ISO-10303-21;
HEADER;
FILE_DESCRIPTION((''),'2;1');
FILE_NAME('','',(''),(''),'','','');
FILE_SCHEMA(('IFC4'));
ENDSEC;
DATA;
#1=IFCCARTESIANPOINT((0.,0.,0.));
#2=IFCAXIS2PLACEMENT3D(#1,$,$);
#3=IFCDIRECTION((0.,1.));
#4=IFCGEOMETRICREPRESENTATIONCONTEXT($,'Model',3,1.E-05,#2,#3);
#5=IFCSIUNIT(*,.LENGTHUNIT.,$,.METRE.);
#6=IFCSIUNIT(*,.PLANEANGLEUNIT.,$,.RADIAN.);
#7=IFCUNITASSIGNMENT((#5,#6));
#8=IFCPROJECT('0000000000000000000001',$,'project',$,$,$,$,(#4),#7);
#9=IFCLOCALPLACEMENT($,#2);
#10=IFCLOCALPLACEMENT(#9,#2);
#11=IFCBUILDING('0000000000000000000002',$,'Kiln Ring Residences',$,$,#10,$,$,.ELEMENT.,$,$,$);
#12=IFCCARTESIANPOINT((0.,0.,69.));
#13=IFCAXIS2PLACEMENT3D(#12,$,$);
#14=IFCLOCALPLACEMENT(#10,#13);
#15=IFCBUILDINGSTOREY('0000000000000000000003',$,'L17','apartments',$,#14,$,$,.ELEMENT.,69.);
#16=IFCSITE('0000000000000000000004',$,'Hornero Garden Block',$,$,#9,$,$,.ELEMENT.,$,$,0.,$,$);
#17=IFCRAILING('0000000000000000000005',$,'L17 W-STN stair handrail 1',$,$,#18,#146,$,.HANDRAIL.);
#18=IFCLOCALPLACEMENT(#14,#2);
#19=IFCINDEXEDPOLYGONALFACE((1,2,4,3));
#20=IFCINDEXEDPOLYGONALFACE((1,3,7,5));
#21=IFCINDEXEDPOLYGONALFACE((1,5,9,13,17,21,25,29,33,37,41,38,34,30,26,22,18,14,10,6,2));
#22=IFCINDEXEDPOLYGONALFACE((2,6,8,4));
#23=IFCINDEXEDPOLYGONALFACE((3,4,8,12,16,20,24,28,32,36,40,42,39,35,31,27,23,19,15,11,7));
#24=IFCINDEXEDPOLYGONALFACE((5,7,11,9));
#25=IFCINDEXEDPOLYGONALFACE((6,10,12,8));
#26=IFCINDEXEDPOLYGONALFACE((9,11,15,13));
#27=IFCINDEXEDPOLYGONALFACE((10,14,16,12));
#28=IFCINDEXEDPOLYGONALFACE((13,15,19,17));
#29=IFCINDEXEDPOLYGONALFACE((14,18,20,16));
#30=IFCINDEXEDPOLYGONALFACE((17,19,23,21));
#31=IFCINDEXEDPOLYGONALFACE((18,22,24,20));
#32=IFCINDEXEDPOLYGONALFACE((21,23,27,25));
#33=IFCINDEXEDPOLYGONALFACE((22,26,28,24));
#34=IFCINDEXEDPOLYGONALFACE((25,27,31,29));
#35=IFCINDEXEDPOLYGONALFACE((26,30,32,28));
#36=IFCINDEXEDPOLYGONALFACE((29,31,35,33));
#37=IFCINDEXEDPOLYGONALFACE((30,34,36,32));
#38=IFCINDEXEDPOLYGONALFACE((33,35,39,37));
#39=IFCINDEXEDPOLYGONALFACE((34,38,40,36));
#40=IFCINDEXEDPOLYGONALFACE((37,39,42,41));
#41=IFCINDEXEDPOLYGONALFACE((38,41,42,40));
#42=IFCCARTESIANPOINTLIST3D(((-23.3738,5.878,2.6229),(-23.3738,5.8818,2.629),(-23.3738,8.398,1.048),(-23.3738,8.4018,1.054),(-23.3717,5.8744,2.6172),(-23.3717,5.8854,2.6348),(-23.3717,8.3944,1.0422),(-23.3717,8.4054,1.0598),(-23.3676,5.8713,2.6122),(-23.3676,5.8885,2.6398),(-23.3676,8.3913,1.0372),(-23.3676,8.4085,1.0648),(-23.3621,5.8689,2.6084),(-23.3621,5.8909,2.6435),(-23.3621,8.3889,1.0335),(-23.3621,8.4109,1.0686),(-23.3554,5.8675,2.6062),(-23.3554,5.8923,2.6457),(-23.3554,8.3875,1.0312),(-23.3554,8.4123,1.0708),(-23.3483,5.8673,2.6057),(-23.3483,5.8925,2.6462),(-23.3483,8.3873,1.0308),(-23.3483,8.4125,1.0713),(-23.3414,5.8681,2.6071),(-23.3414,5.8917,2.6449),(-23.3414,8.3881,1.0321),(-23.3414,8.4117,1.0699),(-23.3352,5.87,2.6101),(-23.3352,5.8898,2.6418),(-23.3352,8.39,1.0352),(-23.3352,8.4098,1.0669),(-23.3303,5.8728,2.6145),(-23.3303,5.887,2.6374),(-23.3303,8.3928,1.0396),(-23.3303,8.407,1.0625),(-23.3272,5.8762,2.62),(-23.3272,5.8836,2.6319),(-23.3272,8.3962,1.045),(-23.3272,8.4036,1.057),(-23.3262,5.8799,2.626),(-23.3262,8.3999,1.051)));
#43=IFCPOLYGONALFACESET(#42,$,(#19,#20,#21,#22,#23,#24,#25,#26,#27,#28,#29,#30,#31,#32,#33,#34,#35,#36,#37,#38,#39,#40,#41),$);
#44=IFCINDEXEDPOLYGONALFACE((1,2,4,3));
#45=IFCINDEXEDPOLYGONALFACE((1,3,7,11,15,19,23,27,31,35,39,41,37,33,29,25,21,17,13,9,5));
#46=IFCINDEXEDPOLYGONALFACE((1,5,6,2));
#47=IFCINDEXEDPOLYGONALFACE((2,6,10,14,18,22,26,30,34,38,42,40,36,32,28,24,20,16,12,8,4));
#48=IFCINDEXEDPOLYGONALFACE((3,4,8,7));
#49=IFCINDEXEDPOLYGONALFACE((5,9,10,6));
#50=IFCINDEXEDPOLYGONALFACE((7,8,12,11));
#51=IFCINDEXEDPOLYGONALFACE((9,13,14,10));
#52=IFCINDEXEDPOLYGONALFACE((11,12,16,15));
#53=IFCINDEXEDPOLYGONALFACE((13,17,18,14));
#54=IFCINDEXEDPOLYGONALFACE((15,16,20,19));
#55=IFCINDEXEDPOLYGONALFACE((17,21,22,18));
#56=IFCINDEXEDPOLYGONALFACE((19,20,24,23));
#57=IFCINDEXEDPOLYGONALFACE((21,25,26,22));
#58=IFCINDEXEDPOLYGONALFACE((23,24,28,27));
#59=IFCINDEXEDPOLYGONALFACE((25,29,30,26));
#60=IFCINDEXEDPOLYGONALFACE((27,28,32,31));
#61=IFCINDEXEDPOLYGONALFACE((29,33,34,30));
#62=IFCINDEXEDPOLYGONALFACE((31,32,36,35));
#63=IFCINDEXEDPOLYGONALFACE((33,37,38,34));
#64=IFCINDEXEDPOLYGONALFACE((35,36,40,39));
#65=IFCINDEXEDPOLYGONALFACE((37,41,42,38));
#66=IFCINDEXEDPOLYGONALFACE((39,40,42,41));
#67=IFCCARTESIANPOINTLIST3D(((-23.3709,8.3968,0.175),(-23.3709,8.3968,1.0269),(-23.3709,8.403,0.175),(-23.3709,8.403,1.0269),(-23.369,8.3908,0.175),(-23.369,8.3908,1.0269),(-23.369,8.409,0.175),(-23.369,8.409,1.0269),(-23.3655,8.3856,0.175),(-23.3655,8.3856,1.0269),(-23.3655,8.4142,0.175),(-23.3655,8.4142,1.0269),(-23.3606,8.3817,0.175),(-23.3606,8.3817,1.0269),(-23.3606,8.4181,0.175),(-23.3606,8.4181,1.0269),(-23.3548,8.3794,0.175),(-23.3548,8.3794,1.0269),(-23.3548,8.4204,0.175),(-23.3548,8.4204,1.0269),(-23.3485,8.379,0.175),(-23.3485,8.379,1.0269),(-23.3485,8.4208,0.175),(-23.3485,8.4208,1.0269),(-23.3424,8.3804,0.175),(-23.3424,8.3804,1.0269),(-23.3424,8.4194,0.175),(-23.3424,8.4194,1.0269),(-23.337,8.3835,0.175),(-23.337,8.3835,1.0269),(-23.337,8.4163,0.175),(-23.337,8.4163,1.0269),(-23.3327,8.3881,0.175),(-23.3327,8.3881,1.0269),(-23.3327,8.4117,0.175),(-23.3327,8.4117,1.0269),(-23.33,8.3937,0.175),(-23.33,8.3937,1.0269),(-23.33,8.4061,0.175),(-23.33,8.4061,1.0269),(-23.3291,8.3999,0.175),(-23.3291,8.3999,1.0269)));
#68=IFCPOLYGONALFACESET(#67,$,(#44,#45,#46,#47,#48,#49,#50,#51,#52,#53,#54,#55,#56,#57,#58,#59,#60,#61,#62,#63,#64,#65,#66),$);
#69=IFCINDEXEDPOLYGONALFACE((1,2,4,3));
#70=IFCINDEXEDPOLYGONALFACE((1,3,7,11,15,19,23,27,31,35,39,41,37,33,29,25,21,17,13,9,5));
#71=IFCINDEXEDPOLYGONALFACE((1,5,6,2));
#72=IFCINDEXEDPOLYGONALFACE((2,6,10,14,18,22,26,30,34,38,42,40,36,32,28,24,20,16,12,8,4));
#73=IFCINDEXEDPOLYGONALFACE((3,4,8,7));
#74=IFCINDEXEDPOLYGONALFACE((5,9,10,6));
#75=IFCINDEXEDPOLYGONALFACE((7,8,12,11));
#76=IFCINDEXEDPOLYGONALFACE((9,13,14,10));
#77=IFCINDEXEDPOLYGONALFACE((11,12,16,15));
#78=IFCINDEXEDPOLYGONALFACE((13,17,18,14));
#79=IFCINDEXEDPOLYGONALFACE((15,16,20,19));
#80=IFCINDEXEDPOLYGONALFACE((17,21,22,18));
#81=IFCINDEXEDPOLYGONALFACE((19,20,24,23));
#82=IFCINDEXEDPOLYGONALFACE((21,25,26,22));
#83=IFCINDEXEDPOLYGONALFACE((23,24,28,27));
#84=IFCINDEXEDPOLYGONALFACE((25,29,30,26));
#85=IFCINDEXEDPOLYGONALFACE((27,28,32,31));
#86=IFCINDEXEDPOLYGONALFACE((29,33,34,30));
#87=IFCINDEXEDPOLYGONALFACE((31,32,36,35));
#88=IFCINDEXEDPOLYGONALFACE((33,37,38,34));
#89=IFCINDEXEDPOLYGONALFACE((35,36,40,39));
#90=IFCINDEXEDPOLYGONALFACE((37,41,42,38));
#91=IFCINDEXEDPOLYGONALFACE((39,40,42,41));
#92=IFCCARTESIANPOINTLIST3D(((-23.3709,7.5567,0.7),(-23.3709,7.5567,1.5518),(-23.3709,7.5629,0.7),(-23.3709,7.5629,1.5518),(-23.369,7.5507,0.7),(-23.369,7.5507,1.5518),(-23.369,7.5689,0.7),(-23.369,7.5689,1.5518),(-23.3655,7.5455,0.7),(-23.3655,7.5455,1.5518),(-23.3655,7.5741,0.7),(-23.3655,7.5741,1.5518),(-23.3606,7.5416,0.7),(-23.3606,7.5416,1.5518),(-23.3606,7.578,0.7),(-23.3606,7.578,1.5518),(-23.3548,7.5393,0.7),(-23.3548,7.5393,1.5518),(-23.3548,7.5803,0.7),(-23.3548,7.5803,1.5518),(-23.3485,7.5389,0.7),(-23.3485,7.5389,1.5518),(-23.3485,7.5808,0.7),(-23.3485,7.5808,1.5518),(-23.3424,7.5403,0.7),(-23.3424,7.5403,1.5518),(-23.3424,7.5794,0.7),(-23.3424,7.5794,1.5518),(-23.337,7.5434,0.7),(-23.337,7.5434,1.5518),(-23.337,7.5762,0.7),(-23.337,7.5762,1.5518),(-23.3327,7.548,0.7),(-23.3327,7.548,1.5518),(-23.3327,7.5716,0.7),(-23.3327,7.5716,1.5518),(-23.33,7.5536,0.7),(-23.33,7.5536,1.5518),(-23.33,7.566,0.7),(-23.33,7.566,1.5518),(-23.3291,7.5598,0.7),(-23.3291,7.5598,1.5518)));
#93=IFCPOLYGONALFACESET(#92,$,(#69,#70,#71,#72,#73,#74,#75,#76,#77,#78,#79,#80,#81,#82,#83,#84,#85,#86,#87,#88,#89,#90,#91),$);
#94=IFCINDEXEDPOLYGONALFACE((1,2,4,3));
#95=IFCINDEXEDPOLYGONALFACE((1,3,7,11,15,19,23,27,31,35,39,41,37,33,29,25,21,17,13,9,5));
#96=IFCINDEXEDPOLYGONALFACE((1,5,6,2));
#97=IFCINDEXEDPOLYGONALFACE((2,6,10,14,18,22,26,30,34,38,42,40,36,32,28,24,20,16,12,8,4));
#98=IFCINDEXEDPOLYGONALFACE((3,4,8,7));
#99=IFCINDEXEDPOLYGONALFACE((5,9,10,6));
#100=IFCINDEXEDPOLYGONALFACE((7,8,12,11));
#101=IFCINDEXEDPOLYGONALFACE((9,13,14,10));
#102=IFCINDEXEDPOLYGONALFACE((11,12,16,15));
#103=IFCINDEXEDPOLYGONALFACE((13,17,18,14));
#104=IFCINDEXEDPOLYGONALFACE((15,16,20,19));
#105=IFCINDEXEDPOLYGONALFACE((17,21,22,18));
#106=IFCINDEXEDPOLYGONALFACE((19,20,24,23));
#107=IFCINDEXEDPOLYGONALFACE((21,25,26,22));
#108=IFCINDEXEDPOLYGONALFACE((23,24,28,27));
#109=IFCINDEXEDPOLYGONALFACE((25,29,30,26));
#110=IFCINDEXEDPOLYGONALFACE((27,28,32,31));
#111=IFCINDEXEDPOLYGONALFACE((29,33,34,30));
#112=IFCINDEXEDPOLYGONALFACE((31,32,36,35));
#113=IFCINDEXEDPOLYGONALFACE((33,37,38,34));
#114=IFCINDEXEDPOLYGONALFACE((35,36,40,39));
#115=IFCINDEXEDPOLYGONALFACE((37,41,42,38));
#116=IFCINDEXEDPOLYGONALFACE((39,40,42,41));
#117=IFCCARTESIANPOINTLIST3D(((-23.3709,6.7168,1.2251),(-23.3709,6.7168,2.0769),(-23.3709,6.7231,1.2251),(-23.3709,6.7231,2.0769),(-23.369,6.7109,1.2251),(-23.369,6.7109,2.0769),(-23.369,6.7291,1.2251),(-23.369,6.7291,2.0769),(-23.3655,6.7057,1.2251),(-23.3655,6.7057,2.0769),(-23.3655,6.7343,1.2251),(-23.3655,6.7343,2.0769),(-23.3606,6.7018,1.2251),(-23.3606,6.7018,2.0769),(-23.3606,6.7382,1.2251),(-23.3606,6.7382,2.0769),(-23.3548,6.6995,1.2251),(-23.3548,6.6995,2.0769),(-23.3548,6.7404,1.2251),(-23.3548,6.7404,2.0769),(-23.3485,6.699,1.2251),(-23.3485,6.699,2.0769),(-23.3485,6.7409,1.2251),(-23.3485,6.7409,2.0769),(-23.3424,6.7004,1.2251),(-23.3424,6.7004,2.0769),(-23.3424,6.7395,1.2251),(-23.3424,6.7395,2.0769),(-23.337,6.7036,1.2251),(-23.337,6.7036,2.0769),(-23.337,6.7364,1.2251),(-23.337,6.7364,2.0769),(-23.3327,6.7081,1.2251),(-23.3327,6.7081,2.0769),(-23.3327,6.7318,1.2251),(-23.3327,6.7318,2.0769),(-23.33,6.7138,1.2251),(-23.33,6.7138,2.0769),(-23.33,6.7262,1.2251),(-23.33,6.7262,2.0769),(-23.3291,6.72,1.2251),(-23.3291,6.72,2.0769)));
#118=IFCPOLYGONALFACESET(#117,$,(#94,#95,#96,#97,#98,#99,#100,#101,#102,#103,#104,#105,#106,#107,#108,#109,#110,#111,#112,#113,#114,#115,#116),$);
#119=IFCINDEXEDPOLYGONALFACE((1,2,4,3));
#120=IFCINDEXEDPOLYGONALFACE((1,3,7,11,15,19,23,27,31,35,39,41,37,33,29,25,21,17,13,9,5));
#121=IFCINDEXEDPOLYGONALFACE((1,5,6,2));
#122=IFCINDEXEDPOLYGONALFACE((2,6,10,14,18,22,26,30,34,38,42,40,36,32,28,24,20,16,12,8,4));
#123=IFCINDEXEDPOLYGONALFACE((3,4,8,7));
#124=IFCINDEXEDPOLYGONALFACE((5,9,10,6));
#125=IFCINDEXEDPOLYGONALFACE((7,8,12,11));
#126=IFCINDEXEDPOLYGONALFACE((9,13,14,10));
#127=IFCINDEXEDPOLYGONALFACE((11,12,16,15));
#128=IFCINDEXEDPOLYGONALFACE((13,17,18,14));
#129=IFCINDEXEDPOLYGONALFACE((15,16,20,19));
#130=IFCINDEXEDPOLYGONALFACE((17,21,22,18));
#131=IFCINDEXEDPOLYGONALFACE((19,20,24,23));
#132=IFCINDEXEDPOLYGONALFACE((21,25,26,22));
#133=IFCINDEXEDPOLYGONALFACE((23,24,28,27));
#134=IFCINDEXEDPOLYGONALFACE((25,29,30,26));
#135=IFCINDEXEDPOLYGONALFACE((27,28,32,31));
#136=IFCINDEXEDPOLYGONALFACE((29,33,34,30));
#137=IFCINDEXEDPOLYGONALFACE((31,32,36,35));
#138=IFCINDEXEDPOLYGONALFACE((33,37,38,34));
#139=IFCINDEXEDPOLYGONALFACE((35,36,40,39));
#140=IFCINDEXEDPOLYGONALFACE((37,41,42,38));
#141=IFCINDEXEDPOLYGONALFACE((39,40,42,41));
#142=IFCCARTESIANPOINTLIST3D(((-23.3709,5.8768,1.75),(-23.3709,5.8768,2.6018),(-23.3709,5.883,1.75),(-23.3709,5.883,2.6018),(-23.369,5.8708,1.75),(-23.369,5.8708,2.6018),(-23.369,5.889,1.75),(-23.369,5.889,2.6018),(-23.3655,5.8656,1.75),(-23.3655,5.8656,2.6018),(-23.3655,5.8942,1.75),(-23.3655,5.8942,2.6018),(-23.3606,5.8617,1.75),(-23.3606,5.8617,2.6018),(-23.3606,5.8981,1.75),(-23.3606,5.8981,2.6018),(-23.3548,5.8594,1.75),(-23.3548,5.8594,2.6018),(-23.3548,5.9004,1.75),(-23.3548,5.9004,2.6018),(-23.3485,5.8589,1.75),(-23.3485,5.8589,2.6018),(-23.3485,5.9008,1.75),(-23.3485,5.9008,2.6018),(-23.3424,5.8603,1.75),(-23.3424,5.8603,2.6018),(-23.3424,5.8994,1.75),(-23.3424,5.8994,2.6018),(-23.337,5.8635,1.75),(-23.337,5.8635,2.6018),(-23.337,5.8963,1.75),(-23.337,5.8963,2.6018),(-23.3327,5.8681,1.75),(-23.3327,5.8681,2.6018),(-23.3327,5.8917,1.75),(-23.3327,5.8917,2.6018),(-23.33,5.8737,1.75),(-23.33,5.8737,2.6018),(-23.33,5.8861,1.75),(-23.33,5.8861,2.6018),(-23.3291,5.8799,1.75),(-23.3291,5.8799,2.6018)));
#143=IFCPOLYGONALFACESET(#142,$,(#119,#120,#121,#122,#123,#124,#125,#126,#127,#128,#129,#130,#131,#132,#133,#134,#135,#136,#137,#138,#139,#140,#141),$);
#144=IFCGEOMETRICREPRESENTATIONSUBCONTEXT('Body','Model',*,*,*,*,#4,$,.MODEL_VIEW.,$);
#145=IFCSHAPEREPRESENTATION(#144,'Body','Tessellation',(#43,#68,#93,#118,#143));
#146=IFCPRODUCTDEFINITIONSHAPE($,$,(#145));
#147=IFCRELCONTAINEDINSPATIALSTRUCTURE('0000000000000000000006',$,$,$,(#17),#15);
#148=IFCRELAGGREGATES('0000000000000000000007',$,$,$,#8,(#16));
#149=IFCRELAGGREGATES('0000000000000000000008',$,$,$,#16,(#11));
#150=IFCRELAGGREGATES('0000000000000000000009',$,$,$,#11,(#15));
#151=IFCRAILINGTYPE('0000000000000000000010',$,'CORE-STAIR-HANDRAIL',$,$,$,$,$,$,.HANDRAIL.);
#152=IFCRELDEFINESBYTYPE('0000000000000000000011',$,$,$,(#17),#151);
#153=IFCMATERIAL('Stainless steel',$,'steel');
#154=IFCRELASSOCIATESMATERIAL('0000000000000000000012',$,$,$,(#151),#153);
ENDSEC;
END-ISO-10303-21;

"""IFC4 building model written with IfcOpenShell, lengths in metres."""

from ifc_helpers import new_model, si_unit, direction, frame, origin, origin_2d, place, context, subcontext, project, spatial, circle, extrude, material, type_object, element, save


model = new_model("IFC4")

# Units and contexts
model_context = context("Model", 3, precision=1e-05, world=origin(), true_north=direction((0.0, 1.0)))
body_context = subcontext(model_context, "Body", "Model", "MODEL_VIEW")
ifc_project = project(units=[si_unit("LENGTHUNIT", "METRE"), si_unit("PLANEANGLEUNIT", "RADIAN")], contexts=[model_context])

# Site, building, storey
site_placement = place(None, origin())
site = spatial("IfcSite", under=ifc_project, at=site_placement, Name="Hornero Garden Block", CompositionType="ELEMENT", RefElevation=0.0)
building_placement = place(site_placement, origin())
building = spatial("IfcBuilding", under=site, at=building_placement, Name="Kiln Ring Residences", CompositionType="ELEMENT")
storey_placement = place(building_placement, frame((0.0, 0.0, 69.0)))
storey = spatial("IfcBuildingStorey", under=building, at=storey_placement, Name="L17", Description="apartments", CompositionType="ELEMENT", Elevation=69.0)

# Railing
ifc_material_1 = material(Name="Stainless steel", Category="steel")
railing_type_1 = type_object("IfcRailingType", Name="CORE-STAIR-HANDRAIL", PredefinedType="HANDRAIL", material=ifc_material_1)
railing_1_placement = place(storey_placement, frame((-23.3501, 8.3999, 0.175)))
element("IfcRailing", 1, at=railing_1_placement, inside=storey, type_object=railing_type_1, Name="L17 W-STN stair handrail 1", PredefinedType="HANDRAIL", context=body_context, shape_type="SweptSolid", body=[
    extrude(circle(Radius=0.0239, at=origin_2d()), frame((0.0, 0.0, 0.876), z_axis=(0.0, -0.848008, 0.529984), x_axis=(1.0, 0.0, 0.0)), (0.0, 0.0, 1.0), 2.9717),
    extrude(circle(Radius=0.021, at=origin_2d()), origin(), (0.0, 0.0, 1.0), 0.8518),
    extrude(circle(Radius=0.021, at=origin_2d()), frame((0.0, -0.8401, 0.5249)), (0.0, 0.0, 1.0), 0.8518),
    extrude(circle(Radius=0.021, at=origin_2d()), frame((0.0, -1.6799, 1.05)), (0.0, 0.0, 1.0), 0.8518),
    extrude(circle(Radius=0.021, at=origin_2d()), frame((0.0, -2.52, 1.575)), (0.0, 0.0, 1.0), 0.8518),
])

save(model, "model.ifc")
